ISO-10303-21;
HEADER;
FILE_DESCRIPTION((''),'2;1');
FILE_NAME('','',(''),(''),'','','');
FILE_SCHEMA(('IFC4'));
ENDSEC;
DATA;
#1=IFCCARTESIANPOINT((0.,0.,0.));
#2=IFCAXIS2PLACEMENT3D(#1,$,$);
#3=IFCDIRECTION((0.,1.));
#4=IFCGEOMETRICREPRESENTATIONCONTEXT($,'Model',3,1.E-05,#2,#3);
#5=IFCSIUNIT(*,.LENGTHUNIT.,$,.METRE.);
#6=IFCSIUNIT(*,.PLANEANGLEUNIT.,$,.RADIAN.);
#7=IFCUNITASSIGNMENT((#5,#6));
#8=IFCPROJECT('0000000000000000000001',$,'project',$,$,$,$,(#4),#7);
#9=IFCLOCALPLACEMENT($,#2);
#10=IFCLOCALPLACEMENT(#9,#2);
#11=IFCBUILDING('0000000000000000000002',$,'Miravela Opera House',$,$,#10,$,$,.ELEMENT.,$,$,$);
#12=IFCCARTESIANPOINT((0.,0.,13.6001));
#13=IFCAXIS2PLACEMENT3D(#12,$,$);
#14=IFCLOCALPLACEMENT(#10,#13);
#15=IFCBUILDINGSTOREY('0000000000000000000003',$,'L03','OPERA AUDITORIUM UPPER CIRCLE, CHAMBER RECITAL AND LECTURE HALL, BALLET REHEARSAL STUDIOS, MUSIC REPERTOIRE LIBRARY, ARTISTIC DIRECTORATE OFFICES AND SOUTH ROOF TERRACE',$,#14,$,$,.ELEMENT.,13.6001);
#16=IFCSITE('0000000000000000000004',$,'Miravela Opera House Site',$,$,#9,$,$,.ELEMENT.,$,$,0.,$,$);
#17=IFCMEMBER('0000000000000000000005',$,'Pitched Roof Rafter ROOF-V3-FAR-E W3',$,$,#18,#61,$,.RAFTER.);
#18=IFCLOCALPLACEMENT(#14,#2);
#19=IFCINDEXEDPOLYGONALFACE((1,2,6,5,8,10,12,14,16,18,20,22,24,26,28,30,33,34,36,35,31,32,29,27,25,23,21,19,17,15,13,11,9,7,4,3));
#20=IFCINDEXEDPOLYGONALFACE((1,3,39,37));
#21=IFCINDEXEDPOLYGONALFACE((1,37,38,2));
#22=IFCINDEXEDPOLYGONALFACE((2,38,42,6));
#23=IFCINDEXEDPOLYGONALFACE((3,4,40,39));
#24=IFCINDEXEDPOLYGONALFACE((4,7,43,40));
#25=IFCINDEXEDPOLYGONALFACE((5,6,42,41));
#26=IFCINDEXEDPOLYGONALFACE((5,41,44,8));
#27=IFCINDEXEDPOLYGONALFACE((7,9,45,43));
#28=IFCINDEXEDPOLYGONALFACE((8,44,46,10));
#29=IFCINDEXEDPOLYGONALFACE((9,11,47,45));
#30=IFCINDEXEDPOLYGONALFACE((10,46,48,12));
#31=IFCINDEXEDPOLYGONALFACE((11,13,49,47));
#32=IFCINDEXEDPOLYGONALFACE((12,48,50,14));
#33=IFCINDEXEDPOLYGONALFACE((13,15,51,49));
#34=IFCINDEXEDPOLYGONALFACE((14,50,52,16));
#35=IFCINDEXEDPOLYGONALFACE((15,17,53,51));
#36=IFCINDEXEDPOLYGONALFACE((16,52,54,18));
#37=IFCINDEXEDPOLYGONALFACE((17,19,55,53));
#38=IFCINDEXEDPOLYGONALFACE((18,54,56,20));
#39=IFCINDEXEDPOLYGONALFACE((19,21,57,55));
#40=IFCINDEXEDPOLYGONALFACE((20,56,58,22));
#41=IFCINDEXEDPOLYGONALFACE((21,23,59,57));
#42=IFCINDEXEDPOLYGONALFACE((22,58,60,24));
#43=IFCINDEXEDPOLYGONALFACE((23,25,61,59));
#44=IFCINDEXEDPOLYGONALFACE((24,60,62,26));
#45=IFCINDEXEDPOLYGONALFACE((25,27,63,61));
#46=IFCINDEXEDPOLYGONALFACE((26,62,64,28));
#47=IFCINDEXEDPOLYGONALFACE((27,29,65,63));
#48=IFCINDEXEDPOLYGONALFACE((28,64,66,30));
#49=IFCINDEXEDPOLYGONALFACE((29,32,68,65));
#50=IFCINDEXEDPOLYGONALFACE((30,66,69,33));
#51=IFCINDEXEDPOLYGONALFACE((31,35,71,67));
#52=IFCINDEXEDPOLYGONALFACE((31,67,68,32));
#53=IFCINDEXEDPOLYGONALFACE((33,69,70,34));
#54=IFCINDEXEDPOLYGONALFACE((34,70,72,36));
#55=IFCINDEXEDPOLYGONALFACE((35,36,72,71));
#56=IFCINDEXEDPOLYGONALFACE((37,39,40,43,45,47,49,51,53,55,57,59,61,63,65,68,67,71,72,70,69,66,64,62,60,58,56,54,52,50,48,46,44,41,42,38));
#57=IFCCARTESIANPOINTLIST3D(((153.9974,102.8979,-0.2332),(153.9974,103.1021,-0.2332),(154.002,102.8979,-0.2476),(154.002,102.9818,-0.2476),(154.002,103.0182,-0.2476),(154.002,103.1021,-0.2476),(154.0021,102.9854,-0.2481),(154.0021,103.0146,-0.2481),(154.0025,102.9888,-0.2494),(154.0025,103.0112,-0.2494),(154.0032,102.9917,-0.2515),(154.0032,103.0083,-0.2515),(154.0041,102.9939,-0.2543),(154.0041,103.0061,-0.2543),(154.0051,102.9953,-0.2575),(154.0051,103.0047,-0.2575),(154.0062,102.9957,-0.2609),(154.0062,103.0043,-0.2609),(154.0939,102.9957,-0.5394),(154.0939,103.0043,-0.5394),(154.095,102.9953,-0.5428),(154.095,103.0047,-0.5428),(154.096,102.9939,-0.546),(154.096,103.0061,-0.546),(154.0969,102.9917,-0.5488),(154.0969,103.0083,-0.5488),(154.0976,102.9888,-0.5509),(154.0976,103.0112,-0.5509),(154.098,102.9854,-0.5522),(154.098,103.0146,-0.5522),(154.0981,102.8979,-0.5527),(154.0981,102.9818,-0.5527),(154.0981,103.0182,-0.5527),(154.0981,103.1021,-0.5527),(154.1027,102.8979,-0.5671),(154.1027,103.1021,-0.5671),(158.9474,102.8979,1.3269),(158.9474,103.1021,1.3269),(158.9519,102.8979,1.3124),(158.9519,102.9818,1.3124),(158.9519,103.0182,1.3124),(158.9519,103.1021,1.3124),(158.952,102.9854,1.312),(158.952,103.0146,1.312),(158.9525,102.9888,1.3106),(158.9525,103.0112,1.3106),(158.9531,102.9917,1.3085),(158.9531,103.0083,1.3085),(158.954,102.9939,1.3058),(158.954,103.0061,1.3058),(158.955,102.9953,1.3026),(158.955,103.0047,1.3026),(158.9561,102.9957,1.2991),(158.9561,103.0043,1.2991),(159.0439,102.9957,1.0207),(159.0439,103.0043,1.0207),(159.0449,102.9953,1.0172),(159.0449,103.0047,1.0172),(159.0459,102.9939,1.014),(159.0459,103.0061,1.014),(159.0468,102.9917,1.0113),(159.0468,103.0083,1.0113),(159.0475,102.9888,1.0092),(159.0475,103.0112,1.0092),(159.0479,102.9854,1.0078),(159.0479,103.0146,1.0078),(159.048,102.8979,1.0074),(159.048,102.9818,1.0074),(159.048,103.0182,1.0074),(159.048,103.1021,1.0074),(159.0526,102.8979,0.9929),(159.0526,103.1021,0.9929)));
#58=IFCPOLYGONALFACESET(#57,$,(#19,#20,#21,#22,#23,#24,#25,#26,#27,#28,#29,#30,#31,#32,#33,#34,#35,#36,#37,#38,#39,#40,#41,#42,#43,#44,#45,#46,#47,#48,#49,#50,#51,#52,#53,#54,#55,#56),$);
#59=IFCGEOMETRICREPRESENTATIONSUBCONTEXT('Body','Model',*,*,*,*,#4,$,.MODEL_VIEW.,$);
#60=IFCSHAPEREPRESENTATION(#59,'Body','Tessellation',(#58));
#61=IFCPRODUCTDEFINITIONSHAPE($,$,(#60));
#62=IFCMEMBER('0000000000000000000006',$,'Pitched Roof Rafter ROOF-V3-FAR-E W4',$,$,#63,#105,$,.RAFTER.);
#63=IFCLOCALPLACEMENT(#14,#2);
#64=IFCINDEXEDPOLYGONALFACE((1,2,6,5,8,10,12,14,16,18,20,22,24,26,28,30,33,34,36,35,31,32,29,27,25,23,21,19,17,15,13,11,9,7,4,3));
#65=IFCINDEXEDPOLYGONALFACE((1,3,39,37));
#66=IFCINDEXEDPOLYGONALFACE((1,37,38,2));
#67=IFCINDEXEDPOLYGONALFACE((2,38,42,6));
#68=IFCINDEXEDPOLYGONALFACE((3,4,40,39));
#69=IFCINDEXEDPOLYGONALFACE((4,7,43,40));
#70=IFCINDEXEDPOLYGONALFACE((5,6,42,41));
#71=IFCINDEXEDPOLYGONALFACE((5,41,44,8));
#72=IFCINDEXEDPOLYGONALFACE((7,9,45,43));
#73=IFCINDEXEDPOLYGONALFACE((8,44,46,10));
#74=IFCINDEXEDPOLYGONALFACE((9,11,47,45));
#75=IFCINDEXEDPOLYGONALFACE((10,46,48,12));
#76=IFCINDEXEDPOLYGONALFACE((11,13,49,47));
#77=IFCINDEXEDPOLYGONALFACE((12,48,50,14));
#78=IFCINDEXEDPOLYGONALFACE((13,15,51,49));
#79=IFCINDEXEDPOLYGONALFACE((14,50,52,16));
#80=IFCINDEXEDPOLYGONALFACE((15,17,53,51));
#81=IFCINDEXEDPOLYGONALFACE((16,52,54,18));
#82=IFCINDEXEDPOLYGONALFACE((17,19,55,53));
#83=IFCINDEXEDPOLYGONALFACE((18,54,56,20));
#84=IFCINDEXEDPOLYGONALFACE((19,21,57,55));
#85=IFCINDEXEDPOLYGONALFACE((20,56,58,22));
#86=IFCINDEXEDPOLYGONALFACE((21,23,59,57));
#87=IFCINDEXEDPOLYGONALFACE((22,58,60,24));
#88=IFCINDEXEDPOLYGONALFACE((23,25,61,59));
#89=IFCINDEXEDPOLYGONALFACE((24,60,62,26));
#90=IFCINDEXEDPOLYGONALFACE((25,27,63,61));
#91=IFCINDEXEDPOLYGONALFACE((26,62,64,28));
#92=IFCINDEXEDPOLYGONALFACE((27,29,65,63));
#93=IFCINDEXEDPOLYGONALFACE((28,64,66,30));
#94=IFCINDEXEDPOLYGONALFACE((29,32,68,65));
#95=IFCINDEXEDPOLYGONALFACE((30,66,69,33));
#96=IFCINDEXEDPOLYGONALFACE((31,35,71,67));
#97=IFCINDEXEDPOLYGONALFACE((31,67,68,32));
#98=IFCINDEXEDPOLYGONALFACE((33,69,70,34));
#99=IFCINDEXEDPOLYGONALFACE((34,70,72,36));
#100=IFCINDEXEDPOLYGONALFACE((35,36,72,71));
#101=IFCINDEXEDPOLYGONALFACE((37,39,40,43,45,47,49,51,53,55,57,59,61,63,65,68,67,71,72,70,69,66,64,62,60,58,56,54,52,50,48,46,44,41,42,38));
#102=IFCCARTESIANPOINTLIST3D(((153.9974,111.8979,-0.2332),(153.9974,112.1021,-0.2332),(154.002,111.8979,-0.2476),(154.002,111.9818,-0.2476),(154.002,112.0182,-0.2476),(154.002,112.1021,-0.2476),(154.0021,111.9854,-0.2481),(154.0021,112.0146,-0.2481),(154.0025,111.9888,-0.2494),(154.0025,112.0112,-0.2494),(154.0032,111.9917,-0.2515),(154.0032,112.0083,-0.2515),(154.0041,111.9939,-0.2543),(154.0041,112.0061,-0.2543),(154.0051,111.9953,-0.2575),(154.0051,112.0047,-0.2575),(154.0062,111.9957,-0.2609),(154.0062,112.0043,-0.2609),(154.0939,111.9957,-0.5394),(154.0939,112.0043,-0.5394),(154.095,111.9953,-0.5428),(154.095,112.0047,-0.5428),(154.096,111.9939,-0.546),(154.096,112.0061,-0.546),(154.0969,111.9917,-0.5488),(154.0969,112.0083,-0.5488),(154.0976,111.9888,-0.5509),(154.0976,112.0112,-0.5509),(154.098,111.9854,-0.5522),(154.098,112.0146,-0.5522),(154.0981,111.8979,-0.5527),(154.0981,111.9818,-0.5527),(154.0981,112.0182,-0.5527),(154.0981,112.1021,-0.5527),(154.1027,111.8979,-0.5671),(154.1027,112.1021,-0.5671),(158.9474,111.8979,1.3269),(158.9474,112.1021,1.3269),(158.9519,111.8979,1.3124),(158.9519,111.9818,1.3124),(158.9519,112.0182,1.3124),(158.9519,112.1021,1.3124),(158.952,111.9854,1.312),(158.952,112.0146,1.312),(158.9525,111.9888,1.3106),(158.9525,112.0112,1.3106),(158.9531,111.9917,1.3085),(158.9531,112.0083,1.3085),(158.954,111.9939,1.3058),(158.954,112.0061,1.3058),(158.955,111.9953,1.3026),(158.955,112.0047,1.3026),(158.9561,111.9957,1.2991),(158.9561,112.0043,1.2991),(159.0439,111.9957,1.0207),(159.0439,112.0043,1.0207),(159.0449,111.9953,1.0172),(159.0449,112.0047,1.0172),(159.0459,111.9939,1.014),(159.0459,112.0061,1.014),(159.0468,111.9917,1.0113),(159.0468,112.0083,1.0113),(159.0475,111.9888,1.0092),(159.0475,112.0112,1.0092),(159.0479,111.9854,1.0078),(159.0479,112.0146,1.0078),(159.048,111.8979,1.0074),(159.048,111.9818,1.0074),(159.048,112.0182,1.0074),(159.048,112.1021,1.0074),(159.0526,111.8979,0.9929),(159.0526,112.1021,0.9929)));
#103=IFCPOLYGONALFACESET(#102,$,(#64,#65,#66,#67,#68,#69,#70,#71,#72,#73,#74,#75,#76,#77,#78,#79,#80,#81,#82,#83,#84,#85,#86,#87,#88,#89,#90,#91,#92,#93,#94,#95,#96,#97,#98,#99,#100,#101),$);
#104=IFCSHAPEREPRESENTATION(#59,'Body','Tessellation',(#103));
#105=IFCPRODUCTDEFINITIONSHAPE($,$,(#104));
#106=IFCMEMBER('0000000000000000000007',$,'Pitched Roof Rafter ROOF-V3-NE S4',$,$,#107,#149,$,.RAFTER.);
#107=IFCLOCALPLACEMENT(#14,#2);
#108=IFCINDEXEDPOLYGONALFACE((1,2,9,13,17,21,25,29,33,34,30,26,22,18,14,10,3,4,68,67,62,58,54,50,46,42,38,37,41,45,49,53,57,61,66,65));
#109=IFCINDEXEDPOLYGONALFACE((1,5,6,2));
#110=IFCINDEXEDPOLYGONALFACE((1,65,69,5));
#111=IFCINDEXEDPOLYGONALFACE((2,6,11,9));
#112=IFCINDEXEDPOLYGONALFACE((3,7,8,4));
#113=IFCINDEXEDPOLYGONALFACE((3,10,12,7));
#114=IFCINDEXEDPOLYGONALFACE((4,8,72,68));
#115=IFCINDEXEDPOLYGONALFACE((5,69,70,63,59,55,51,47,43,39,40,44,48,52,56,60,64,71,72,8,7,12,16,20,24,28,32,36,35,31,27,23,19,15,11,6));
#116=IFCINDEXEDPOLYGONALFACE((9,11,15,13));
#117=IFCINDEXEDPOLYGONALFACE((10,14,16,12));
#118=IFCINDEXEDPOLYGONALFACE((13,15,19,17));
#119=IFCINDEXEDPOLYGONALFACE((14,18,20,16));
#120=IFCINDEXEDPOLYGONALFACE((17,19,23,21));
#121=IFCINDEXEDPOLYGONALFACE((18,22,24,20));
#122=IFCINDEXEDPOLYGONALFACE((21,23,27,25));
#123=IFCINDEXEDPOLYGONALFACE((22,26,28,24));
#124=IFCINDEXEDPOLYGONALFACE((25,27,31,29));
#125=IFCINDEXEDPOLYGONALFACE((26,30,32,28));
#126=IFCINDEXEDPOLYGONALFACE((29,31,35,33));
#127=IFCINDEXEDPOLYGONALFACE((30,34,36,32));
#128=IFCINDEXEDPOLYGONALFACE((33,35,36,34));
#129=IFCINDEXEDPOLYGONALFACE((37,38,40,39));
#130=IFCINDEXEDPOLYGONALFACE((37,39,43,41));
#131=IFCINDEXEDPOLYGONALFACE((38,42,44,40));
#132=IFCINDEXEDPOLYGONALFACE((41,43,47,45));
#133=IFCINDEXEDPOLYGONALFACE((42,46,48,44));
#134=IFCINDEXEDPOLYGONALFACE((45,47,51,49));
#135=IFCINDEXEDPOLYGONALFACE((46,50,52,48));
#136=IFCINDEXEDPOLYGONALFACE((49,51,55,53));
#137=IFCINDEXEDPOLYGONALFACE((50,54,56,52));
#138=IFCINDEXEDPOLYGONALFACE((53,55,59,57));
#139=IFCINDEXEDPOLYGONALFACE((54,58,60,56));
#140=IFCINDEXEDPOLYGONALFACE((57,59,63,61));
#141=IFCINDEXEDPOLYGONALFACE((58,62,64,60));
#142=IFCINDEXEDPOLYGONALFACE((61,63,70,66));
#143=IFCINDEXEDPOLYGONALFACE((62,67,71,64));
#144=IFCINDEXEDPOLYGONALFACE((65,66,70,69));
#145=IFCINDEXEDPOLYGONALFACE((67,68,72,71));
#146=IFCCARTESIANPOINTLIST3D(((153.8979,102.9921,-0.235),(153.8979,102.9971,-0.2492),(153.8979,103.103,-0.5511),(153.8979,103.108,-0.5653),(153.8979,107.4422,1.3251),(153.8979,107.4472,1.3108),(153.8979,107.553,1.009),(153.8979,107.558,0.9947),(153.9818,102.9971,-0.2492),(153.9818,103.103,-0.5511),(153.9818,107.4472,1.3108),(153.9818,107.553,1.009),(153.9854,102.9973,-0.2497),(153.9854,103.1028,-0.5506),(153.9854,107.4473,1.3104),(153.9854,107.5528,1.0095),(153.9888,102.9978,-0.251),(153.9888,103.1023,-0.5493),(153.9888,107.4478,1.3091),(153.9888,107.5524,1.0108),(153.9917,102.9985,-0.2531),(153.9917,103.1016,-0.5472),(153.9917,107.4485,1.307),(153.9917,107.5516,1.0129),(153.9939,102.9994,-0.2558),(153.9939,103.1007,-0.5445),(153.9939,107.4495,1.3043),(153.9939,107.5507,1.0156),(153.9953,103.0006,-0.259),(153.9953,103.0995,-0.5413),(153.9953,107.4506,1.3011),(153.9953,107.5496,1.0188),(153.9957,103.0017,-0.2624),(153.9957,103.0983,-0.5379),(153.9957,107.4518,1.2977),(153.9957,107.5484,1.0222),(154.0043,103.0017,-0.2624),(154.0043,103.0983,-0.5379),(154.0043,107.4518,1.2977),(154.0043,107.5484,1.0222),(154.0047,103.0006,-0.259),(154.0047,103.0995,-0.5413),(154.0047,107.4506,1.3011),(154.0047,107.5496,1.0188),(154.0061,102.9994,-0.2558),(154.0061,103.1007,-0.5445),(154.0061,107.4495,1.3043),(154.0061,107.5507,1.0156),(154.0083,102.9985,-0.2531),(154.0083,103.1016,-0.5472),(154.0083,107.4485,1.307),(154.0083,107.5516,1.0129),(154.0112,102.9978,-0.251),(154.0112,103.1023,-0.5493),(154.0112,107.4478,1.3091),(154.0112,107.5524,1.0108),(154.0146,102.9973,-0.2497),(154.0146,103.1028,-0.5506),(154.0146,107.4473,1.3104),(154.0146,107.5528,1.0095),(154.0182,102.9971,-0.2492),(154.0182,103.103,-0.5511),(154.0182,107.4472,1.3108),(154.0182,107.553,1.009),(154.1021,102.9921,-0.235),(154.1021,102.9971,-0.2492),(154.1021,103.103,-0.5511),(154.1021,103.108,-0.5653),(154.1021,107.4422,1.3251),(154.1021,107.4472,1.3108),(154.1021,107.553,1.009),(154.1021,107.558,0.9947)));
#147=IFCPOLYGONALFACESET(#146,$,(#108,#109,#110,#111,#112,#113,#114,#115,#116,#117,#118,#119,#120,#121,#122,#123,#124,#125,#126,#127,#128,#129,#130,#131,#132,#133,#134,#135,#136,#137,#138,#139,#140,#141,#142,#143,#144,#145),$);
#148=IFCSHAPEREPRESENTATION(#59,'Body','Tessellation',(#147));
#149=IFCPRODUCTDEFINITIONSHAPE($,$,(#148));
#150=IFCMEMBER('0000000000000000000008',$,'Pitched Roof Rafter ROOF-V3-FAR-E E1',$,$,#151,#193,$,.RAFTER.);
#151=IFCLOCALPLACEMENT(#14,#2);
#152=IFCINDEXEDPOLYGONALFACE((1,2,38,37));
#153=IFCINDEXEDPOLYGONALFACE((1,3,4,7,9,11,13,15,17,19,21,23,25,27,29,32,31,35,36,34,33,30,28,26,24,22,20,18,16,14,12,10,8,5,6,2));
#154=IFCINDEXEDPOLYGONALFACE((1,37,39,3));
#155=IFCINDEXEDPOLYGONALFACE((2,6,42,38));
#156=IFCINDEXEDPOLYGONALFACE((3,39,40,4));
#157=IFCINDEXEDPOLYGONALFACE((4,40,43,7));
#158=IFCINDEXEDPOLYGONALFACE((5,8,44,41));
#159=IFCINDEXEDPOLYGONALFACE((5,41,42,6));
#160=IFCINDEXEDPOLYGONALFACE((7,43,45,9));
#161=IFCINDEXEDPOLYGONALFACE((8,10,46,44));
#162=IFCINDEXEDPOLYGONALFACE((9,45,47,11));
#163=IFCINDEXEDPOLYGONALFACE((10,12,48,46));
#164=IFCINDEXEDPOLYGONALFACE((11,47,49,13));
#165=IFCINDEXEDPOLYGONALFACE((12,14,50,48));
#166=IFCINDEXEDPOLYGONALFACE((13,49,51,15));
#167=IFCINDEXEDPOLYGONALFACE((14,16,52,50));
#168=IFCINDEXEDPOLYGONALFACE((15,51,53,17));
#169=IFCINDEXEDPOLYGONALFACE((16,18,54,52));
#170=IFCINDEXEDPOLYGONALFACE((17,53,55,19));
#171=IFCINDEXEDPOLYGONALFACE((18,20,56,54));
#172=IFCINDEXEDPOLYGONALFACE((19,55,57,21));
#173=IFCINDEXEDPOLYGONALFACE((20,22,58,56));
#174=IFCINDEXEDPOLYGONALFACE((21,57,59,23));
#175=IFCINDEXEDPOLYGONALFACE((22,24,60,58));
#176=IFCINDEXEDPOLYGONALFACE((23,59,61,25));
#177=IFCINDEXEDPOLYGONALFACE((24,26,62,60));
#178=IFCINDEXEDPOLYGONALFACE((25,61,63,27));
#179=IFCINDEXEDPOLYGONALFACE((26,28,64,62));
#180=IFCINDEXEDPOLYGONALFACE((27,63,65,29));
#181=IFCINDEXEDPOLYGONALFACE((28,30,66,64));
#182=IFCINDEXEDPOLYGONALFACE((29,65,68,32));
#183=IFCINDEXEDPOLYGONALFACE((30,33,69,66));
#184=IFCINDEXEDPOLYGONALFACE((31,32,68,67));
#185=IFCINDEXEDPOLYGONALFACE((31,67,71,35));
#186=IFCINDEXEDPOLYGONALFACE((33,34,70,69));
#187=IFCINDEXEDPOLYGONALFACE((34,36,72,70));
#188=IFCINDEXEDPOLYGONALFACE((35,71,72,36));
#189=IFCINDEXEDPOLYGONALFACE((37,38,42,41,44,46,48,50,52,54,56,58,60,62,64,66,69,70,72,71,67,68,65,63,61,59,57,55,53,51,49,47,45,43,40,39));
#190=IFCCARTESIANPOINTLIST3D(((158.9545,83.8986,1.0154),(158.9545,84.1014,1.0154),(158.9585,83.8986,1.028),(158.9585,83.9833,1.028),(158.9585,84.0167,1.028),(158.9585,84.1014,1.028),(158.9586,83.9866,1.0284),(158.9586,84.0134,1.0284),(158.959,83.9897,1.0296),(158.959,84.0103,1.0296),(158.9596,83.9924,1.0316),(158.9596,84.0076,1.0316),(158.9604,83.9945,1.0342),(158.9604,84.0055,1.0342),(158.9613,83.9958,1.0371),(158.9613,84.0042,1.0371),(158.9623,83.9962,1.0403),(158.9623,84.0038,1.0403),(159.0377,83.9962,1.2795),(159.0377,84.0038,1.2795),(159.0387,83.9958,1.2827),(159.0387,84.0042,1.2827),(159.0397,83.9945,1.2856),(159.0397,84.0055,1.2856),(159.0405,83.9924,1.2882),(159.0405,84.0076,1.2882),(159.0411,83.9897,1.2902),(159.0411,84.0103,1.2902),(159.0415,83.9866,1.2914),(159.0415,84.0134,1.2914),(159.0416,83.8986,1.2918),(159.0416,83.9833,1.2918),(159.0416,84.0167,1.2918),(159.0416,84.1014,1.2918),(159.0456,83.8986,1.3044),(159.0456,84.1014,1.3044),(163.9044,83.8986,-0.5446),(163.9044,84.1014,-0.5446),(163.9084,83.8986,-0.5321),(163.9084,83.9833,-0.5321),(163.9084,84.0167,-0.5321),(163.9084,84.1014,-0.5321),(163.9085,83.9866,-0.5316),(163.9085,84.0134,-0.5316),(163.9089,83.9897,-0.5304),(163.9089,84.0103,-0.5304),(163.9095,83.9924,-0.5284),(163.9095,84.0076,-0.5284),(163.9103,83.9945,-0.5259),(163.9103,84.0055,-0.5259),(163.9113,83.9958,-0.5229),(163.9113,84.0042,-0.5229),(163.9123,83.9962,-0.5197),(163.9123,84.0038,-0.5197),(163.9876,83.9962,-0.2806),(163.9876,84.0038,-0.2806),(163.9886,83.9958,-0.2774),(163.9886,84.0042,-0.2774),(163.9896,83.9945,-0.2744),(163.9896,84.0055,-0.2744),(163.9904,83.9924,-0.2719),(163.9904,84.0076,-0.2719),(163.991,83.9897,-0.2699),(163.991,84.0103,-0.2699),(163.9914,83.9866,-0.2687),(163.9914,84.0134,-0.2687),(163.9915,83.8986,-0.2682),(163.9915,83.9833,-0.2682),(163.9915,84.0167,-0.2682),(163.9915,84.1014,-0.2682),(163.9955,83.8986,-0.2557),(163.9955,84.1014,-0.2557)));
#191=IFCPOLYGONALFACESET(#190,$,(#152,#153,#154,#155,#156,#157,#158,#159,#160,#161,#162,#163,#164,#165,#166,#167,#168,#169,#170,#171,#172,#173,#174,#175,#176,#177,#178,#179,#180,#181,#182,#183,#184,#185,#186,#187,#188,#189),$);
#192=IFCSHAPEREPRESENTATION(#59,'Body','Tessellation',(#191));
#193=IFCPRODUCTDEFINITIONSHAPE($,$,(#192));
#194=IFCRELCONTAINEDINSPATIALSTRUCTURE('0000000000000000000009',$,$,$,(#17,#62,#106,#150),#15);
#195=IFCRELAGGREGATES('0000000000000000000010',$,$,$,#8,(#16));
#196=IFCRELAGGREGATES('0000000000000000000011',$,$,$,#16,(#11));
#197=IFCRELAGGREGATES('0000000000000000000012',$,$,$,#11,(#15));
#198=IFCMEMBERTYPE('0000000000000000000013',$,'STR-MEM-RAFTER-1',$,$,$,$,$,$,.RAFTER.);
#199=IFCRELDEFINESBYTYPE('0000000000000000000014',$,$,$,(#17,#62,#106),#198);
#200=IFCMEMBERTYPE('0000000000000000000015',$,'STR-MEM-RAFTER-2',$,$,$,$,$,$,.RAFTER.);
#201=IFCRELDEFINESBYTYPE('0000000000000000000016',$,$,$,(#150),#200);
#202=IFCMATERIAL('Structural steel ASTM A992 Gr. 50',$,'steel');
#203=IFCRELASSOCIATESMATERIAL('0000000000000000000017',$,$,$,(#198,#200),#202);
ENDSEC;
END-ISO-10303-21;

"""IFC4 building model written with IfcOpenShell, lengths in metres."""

from ifc_helpers import new_model, si_unit, direction, frame, origin, origin_2d, place, context, subcontext, project, spatial, i_section, extrude, material, material_profile, profile_set, type_object, element, save


model = new_model("IFC4")

# Units and contexts
model_context = context("Model", 3, precision=1e-05, world=origin(), true_north=direction((0.0, 1.0)))
body_context = subcontext(model_context, "Body", "Model", "MODEL_VIEW")
ifc_project = project(units=[si_unit("LENGTHUNIT", "METRE"), si_unit("PLANEANGLEUNIT", "RADIAN")], contexts=[model_context])

# Site, building, storey
site_placement = place(None, origin())
site = spatial("IfcSite", under=ifc_project, at=site_placement, Name="Miravela Opera House Site", CompositionType="ELEMENT", RefElevation=0.0)
building_placement = place(site_placement, origin())
building = spatial("IfcBuilding", under=site, at=building_placement, Name="Miravela Opera House", CompositionType="ELEMENT")
storey_placement = place(building_placement, frame((0.0, 0.0, 13.6001)))
storey = spatial("IfcBuildingStorey", under=building, at=storey_placement, Name="L03", Description="OPERA AUDITORIUM UPPER CIRCLE, CHAMBER RECITAL AND LECTURE HALL, BALLET REHEARSAL STUDIOS, MUSIC REPERTOIRE LIBRARY, ARTISTIC DIRECTORATE OFFICES AND SOUTH ROOF TERRACE", CompositionType="ELEMENT", Elevation=13.6001)

# Members
ifc_material_1 = material(Name="Structural steel ASTM A992 Gr. 50", Category="steel")
ifc_material_profile_1 = material_profile(ifc_material_1, i_section(OverallWidth=0.2041, OverallDepth=0.3501, WebThickness=0.0085, FlangeThickness=0.0151, FilletRadius=0.0139, at=origin_2d()), Name="W360X72")
ifc_profile_set_1 = profile_set([ifc_material_profile_1])
member_type_1 = type_object("IfcMemberType", Name="STR-MEM-RAFTER-1", PredefinedType="RAFTER", material=ifc_profile_set_1)
for number, where, z_axis, x_axis, name in (
    (1, (154.05, 103.0, -0.4001), (0.953753, 0.0, 0.300591), (0.0, 1.0, 0.0), "Pitched Roof Rafter ROOF-V3-FAR-E W3"),
    (2, (154.05, 112.0, -0.4001), (0.953753, 0.0, 0.300591), (0.0, 1.0, 0.0), "Pitched Roof Rafter ROOF-V3-FAR-E W4"),
):
    element("IfcMember", number, at=place(storey_placement, frame(where, z_axis=z_axis, x_axis=x_axis)), inside=storey, type_object=member_type_1, Name=name, PredefinedType="RAFTER", context=body_context, shape_type="SweptSolid", body=[
        extrude(i_section(OverallWidth=0.2041, OverallDepth=0.3501, WebThickness=0.0085, FlangeThickness=0.0151, FilletRadius=0.0139, at=origin_2d()), origin(), (0.0, 0.0, 1.0), 5.1899),
    ])
member_1_placement = place(storey_placement, frame((154.0, 103.05, -0.4001), z_axis=(0.0, 0.943688, 0.330837), x_axis=(-1.0, 0.0, 0.0)))
element("IfcMember", 3, at=member_1_placement, inside=storey, type_object=member_type_1, Name="Pitched Roof Rafter ROOF-V3-NE S4", PredefinedType="RAFTER", context=body_context, shape_type="SweptSolid", body=[
    extrude(i_section(OverallWidth=0.2041, OverallDepth=0.3501, WebThickness=0.0085, FlangeThickness=0.0151, FilletRadius=0.0139, at=origin_2d()), origin(), (0.0, 0.0, 1.0), 4.7156),
])
ifc_material_profile_2 = material_profile(ifc_material_1, i_section(OverallWidth=0.2029, OverallDepth=0.303, WebThickness=0.0076, FlangeThickness=0.0132, FilletRadius=0.0129, at=origin_2d()), Name="W310X60")
ifc_profile_set_2 = profile_set([ifc_material_profile_2])
member_type_2 = type_object("IfcMemberType", Name="STR-MEM-RAFTER-2", PredefinedType="RAFTER", material=ifc_profile_set_2)
for number, where, z_axis, x_axis, name in (
    (4, (163.95, 84.0, -0.4001), (-0.953753, 0.0, 0.300591), (0.0, -1.0, 0.0), "Pitched Roof Rafter ROOF-V3-FAR-E E1"),
):
    element("IfcMember", number, at=place(storey_placement, frame(where, z_axis=z_axis, x_axis=x_axis)), inside=storey, type_object=member_type_2, Name=name, PredefinedType="RAFTER", context=body_context, shape_type="SweptSolid", body=[
        extrude(i_section(OverallWidth=0.2029, OverallDepth=0.303, WebThickness=0.0076, FlangeThickness=0.0132, FilletRadius=0.0129, at=origin_2d()), origin(), (0.0, 0.0, 1.0), 5.1899),
    ])

save(model, "model.ifc")
